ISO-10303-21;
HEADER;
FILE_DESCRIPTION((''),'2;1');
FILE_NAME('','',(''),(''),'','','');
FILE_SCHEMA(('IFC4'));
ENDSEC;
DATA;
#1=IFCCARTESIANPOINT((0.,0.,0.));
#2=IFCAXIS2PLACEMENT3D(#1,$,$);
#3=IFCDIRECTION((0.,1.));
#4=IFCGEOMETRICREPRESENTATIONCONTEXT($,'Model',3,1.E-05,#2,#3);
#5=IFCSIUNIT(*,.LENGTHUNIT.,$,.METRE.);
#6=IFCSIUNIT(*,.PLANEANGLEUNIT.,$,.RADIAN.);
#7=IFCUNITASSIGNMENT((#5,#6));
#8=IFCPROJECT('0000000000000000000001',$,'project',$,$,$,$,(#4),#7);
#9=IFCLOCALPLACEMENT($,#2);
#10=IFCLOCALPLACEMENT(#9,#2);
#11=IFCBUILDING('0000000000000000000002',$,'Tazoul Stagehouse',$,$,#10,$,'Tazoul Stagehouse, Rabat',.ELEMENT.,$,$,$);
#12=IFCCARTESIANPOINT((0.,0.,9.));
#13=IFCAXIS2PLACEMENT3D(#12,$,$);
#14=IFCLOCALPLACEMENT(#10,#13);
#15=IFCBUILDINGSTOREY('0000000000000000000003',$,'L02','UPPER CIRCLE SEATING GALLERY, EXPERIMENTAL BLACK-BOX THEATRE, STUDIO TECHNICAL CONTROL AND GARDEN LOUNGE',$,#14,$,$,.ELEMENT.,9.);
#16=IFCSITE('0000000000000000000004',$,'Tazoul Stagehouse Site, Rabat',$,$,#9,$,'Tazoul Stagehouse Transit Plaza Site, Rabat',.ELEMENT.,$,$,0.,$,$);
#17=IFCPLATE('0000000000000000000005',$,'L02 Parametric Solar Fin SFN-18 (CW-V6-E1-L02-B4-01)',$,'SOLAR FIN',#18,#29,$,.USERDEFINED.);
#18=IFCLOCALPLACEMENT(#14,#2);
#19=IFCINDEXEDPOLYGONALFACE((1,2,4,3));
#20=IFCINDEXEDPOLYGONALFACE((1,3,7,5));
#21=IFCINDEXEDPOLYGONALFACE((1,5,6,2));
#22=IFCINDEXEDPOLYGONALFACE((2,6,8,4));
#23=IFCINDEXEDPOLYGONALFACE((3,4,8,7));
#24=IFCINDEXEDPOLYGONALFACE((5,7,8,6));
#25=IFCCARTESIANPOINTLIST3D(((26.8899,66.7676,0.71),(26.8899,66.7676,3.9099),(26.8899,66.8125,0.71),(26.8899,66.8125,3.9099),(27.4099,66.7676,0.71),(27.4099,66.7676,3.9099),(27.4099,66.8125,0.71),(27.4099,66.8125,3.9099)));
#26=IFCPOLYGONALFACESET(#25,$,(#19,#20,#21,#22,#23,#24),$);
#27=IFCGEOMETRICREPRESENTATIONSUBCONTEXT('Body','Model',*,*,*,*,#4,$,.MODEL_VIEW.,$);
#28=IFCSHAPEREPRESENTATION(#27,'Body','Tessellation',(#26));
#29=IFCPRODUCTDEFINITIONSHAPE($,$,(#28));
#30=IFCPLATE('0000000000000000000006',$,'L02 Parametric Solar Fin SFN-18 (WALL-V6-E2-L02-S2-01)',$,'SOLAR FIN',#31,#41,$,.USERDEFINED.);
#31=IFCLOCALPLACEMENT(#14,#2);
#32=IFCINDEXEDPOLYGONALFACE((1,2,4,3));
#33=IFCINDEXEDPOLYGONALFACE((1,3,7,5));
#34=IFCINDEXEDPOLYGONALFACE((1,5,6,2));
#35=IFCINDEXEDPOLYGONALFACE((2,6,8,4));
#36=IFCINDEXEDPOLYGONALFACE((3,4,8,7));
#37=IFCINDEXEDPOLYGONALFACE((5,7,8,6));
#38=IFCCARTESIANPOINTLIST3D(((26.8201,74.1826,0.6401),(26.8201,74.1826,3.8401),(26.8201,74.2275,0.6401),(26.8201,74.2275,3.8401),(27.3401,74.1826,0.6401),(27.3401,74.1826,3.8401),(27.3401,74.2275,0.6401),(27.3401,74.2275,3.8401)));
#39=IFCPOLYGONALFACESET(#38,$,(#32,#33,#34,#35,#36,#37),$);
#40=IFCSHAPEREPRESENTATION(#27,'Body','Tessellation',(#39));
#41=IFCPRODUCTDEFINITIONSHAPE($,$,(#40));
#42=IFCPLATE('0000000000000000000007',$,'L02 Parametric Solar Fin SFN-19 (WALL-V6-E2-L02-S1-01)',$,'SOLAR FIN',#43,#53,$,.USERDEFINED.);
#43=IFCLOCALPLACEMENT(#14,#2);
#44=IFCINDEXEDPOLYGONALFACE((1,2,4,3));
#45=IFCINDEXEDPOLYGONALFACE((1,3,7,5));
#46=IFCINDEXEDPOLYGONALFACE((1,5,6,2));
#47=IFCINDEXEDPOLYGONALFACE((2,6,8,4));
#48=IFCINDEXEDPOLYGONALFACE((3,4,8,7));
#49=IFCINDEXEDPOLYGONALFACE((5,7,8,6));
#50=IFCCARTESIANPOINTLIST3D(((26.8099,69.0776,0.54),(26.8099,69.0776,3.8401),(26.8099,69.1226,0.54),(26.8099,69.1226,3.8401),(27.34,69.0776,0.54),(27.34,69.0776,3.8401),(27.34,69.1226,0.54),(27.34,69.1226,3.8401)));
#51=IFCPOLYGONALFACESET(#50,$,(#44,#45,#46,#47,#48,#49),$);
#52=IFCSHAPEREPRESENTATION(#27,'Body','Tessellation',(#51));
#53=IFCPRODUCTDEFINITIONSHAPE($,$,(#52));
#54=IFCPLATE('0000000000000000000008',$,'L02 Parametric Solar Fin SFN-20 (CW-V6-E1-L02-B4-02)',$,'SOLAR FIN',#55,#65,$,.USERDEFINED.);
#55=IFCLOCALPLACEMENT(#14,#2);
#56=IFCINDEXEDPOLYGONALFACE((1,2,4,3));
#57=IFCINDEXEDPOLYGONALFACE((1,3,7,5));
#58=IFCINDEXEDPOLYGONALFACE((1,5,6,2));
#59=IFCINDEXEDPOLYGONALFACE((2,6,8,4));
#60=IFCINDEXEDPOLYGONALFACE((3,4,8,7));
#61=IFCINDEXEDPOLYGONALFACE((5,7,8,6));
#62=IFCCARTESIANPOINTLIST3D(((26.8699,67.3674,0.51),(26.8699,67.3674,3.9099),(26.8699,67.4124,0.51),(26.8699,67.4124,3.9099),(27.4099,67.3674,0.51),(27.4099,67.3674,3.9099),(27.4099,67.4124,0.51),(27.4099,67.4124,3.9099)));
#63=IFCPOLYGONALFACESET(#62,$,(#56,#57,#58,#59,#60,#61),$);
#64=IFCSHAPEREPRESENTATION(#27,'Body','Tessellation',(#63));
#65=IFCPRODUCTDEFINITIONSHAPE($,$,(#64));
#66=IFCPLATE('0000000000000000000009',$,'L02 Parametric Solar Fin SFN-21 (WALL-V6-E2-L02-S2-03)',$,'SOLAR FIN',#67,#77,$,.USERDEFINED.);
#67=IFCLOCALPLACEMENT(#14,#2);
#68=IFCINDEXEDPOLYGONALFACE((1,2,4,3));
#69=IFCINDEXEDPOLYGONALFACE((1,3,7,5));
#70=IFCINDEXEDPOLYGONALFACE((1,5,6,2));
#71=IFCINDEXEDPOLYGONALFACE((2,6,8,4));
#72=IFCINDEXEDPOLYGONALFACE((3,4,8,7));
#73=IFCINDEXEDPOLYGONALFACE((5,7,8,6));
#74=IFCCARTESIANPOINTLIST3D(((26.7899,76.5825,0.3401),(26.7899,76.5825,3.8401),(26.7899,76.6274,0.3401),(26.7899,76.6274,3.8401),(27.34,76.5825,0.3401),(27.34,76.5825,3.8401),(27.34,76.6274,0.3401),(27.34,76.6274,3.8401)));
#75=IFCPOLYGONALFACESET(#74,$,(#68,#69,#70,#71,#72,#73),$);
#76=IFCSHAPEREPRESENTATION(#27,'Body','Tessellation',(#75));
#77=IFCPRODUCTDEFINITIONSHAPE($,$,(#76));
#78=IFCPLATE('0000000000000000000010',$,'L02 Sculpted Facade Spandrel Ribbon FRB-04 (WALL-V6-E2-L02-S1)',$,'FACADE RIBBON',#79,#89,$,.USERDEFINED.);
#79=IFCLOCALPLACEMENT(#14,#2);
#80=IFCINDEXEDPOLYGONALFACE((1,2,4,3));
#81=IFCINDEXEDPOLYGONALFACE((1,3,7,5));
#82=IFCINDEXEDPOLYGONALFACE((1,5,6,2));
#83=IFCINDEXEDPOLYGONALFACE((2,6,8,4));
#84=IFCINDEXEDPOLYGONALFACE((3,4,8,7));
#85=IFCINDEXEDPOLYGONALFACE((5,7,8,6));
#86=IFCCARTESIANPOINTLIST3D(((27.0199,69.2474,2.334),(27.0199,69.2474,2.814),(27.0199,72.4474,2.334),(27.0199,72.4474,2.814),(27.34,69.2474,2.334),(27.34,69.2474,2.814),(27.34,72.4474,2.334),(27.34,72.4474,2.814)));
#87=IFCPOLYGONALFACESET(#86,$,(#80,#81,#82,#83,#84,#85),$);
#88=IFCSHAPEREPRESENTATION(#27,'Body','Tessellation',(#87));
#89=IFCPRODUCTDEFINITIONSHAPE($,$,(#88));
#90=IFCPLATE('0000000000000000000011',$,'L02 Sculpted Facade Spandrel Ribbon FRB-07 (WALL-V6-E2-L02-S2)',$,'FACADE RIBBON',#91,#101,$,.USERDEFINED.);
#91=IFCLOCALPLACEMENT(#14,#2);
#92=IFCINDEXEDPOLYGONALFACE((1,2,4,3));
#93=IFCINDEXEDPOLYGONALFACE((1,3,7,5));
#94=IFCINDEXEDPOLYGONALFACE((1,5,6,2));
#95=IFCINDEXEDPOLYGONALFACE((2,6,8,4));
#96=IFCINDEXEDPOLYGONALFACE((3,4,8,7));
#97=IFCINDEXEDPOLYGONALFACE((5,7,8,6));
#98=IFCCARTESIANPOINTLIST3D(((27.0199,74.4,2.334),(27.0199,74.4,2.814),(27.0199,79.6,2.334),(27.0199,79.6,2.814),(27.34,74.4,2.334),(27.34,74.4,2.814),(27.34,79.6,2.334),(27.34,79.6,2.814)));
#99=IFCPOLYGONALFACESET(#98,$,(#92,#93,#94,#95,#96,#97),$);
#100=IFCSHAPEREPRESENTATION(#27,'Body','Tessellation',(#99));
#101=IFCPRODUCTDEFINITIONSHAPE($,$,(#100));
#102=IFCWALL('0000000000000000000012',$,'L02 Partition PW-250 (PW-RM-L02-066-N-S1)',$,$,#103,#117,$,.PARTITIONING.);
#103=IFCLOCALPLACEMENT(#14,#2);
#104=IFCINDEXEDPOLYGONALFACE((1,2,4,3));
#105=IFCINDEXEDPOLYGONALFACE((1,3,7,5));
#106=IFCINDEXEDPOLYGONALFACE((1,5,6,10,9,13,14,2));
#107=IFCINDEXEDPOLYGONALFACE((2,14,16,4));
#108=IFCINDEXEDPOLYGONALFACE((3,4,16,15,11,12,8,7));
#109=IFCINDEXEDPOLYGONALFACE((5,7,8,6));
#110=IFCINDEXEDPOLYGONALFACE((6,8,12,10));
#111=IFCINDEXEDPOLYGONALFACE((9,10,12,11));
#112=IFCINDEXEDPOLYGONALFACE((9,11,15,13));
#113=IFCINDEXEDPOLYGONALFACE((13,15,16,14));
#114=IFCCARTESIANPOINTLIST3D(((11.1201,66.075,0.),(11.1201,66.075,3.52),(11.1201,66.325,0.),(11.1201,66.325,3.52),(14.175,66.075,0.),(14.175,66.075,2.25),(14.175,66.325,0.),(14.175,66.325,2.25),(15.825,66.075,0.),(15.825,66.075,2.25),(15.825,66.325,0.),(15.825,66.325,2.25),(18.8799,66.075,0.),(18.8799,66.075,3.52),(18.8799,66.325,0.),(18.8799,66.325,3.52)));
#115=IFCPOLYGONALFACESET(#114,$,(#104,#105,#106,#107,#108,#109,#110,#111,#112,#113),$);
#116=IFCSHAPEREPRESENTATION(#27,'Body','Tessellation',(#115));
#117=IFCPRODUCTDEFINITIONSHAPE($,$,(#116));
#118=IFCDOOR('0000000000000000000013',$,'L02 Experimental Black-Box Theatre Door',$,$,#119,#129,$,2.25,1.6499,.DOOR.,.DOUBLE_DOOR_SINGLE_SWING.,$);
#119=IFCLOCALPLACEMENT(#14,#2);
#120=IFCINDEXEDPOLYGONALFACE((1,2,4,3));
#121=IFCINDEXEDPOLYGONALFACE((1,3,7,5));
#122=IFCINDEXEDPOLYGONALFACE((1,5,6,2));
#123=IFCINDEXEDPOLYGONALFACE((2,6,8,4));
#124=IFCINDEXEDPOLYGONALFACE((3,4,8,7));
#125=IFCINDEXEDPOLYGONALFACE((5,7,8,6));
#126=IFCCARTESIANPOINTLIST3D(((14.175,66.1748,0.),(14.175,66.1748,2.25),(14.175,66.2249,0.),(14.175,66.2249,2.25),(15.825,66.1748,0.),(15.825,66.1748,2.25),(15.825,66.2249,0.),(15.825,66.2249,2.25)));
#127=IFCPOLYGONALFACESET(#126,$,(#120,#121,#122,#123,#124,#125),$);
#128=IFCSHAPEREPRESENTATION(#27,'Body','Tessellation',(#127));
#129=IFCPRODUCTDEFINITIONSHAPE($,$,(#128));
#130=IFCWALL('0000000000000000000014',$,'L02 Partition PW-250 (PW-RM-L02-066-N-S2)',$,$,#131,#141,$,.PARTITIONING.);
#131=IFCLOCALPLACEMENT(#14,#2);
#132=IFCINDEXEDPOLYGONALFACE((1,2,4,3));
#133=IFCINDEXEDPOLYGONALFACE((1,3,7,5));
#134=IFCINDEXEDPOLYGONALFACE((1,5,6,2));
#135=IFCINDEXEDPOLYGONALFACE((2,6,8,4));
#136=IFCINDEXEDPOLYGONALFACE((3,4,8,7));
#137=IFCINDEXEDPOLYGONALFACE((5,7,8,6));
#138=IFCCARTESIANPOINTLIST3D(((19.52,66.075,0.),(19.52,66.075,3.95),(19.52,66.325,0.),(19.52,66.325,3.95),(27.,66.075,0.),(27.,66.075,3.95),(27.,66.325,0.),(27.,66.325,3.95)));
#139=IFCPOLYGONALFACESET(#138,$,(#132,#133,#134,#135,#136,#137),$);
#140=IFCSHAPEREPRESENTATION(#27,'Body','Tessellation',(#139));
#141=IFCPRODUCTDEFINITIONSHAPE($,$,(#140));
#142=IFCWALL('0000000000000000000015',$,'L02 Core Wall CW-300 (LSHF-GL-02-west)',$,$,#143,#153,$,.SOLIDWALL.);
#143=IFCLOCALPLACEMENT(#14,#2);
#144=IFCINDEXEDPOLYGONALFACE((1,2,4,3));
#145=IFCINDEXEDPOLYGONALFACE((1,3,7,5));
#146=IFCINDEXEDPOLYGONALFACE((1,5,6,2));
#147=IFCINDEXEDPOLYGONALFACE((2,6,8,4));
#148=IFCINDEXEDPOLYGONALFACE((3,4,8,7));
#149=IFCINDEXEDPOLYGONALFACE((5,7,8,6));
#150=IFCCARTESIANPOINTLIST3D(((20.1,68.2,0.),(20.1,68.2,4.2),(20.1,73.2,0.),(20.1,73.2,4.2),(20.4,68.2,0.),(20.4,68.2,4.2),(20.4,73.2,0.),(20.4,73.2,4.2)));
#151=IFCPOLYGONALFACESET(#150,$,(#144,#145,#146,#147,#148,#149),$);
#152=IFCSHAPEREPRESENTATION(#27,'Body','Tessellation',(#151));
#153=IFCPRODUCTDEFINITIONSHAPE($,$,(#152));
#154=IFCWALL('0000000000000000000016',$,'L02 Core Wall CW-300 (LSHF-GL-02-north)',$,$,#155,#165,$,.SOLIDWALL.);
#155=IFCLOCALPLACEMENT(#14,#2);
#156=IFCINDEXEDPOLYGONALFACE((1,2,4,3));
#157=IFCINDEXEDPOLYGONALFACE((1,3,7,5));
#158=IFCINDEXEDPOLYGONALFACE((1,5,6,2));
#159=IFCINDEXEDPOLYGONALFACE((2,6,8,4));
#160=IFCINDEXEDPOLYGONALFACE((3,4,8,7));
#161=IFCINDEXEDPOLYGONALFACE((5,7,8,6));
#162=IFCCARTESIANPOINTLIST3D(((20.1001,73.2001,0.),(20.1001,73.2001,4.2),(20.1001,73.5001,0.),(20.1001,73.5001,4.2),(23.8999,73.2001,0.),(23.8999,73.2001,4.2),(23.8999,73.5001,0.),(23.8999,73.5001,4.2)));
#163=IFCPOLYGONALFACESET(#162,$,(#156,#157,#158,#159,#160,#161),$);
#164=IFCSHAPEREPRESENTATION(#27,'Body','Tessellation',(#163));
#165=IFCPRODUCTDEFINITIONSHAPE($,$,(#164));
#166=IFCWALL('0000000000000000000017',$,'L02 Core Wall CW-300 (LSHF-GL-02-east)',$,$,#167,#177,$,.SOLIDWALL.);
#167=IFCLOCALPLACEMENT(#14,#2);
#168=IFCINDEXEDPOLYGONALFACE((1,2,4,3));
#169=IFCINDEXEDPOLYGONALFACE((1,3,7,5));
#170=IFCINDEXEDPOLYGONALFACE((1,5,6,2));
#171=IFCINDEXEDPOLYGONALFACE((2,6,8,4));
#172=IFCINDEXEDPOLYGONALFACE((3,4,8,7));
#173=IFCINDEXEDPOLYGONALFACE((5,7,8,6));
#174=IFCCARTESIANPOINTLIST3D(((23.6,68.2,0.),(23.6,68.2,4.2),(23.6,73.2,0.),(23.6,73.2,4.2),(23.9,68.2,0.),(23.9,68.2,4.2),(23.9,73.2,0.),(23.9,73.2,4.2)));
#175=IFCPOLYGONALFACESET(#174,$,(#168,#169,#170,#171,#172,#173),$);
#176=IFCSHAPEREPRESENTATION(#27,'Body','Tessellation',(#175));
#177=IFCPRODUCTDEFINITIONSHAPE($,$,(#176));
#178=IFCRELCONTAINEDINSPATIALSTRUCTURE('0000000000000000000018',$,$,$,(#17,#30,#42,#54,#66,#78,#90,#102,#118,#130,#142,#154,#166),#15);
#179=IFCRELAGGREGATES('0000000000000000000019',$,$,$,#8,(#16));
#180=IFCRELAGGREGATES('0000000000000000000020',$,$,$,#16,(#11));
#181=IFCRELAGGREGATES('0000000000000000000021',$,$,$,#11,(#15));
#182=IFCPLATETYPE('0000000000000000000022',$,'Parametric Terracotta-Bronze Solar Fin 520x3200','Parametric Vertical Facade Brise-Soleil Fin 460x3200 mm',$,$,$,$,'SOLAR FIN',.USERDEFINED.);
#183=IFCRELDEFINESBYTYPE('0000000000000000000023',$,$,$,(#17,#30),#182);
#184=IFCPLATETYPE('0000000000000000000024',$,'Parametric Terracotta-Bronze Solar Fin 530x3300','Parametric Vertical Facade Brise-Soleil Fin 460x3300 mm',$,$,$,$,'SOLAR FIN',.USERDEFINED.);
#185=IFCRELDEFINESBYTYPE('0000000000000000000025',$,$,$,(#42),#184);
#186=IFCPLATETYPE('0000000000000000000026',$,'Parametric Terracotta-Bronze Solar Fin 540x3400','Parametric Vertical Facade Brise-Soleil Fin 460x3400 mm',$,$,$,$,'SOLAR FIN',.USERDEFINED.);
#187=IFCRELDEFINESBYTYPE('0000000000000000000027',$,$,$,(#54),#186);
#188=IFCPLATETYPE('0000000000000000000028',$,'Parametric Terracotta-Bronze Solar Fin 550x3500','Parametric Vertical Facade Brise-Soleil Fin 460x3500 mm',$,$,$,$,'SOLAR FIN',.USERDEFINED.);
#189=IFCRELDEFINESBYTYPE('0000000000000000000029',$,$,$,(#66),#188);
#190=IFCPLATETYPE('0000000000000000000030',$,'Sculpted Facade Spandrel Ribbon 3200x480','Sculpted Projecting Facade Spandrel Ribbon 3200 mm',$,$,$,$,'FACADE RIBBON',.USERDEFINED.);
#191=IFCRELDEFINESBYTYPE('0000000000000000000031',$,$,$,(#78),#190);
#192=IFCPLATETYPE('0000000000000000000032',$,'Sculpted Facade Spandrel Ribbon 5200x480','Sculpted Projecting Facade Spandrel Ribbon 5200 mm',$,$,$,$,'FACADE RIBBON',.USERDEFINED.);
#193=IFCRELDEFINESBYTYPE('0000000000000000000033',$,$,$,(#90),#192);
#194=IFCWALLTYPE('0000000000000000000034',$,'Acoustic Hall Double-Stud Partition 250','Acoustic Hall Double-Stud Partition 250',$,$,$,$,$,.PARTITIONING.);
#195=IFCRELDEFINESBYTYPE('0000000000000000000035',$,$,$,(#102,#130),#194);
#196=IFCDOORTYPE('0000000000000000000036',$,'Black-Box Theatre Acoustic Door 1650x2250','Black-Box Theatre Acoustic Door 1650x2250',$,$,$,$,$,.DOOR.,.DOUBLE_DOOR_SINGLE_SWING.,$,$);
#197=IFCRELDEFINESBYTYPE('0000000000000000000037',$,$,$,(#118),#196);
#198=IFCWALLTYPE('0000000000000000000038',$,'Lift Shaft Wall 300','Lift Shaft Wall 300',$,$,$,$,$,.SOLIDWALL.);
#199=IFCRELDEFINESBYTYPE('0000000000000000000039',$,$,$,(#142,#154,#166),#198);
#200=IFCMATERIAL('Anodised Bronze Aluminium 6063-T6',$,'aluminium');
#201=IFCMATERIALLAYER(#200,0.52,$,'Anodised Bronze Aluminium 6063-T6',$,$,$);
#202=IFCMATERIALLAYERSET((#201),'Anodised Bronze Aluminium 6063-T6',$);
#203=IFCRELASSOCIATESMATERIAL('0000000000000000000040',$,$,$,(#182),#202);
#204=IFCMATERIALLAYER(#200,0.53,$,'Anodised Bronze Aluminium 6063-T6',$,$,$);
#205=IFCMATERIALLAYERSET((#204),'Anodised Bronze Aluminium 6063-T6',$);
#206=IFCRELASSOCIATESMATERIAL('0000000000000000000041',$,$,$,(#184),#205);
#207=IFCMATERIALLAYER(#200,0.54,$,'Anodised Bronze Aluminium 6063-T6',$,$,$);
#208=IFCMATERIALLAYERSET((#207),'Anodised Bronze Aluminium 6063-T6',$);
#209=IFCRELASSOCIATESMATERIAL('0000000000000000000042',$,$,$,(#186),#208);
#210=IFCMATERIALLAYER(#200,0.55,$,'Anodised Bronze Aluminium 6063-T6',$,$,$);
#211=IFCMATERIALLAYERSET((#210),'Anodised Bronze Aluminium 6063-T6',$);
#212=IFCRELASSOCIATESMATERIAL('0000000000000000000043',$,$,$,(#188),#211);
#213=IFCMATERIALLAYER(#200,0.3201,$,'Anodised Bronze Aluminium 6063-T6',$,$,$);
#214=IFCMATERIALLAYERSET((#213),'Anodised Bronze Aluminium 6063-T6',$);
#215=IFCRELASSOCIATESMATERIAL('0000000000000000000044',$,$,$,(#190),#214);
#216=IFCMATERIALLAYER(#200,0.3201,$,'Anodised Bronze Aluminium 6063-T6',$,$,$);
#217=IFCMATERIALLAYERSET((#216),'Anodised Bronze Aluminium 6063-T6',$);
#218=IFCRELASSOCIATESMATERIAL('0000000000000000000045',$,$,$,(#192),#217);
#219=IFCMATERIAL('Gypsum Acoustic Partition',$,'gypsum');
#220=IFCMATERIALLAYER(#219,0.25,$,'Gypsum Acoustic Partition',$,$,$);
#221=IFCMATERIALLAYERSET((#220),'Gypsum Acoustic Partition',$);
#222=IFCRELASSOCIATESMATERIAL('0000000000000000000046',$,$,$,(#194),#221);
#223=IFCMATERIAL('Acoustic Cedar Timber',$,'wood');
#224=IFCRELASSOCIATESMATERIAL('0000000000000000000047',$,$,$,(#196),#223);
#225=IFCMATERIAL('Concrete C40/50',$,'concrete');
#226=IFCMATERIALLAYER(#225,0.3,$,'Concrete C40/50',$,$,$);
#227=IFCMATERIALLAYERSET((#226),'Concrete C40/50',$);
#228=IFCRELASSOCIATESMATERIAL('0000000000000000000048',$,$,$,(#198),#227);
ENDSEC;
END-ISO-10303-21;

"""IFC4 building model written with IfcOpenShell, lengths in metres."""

from ifc_helpers import new_model, si_unit, direction, frame, frame_2d, origin, origin_2d, place, context, subcontext, project, spatial, rectangle, extrude, material, layer, layer_set, type_object, element, fill, save


model = new_model("IFC4")

# Units and contexts
model_context = context("Model", 3, precision=1e-05, world=origin(), true_north=direction((0.0, 1.0)))
body_context = subcontext(model_context, "Body", "Model", "MODEL_VIEW")
ifc_project = project(units=[si_unit("LENGTHUNIT", "METRE"), si_unit("PLANEANGLEUNIT", "RADIAN")], contexts=[model_context])

# Site, building, storey
site_placement = place(None, origin())
site = spatial("IfcSite", under=ifc_project, at=site_placement, Name="Tazoul Stagehouse Site, Rabat", LongName="Tazoul Stagehouse Transit Plaza Site, Rabat", CompositionType="ELEMENT", RefElevation=0.0)
building_placement = place(site_placement, origin())
building = spatial("IfcBuilding", under=site, at=building_placement, Name="Tazoul Stagehouse", LongName="Tazoul Stagehouse, Rabat", CompositionType="ELEMENT")
storey_placement = place(building_placement, frame((0.0, 0.0, 9.0)))
storey = spatial("IfcBuildingStorey", under=building, at=storey_placement, Name="L02", Description="UPPER CIRCLE SEATING GALLERY, EXPERIMENTAL BLACK-BOX THEATRE, STUDIO TECHNICAL CONTROL AND GARDEN LOUNGE", CompositionType="ELEMENT", Elevation=9.0)

# Shared definitions
ifc_material_1 = material(Name="Concrete C40/50", Category="concrete")

# Plates
ifc_material_2 = material(Name="Anodised Bronze Aluminium 6063-T6", Category="aluminium")
ifc_layer_1 = layer(ifc_material_2, 0.52, Name="Anodised Bronze Aluminium 6063-T6")
ifc_layer_set_1 = layer_set([ifc_layer_1], Name="Anodised Bronze Aluminium 6063-T6")
plate_type_1 = type_object("IfcPlateType", Name="Parametric Terracotta-Bronze Solar Fin 520x3200", Description="Parametric Vertical Facade Brise-Soleil Fin 460x3200 mm", ElementType="SOLAR FIN", PredefinedType="USERDEFINED", material=ifc_layer_set_1)
for number, where, z_axis, x_axis, name in (
    (1, (27.1499, 66.79, 0.71), (0.0, 0.0, 1.0), (0.0, 1.0, 0.0), "L02 Parametric Solar Fin SFN-18 (CW-V6-E1-L02-B4-01)"),
    (2, (27.0801, 74.2051, 0.6401), (0.0, 0.0, 1.0), (0.0, 1.0, 0.0), "L02 Parametric Solar Fin SFN-18 (WALL-V6-E2-L02-S2-01)"),
):
    element("IfcPlate", number, at=place(storey_placement, frame(where, z_axis=z_axis, x_axis=x_axis)), inside=storey, type_object=plate_type_1, Name=name, ObjectType="SOLAR FIN", PredefinedType="USERDEFINED", context=body_context, shape_type="SweptSolid", body=[
        extrude(rectangle(XDim=0.0449, YDim=0.52, at=origin_2d()), origin(), (0.0, 0.0, 1.0), 3.2),
    ])
ifc_layer_2 = layer(ifc_material_2, 0.53, Name="Anodised Bronze Aluminium 6063-T6")
ifc_layer_set_2 = layer_set([ifc_layer_2], Name="Anodised Bronze Aluminium 6063-T6")
plate_type_2 = type_object("IfcPlateType", Name="Parametric Terracotta-Bronze Solar Fin 530x3300", Description="Parametric Vertical Facade Brise-Soleil Fin 460x3300 mm", ElementType="SOLAR FIN", PredefinedType="USERDEFINED", material=ifc_layer_set_2)
plate_1_placement = place(storey_placement, frame((27.075, 69.1001, 0.54), z_axis=(0.0, 0.0, 1.0), x_axis=(0.0, 1.0, 0.0)))
element("IfcPlate", 3, at=plate_1_placement, inside=storey, type_object=plate_type_2, Name="L02 Parametric Solar Fin SFN-19 (WALL-V6-E2-L02-S1-01)", ObjectType="SOLAR FIN", PredefinedType="USERDEFINED", context=body_context, shape_type="SweptSolid", body=[
    extrude(rectangle(XDim=0.0449, YDim=0.53, at=origin_2d()), origin(), (0.0, 0.0, 1.0), 3.3),
])
ifc_layer_3 = layer(ifc_material_2, 0.54, Name="Anodised Bronze Aluminium 6063-T6")
ifc_layer_set_3 = layer_set([ifc_layer_3], Name="Anodised Bronze Aluminium 6063-T6")
plate_type_3 = type_object("IfcPlateType", Name="Parametric Terracotta-Bronze Solar Fin 540x3400", Description="Parametric Vertical Facade Brise-Soleil Fin 460x3400 mm", ElementType="SOLAR FIN", PredefinedType="USERDEFINED", material=ifc_layer_set_3)
plate_2_placement = place(storey_placement, frame((27.1399, 67.3899, 0.51), z_axis=(0.0, 0.0, 1.0), x_axis=(0.0, 1.0, 0.0)))
element("IfcPlate", 4, at=plate_2_placement, inside=storey, type_object=plate_type_3, Name="L02 Parametric Solar Fin SFN-20 (CW-V6-E1-L02-B4-02)", ObjectType="SOLAR FIN", PredefinedType="USERDEFINED", context=body_context, shape_type="SweptSolid", body=[
    extrude(rectangle(XDim=0.0449, YDim=0.54, at=origin_2d()), origin(), (0.0, 0.0, 1.0), 3.3999),
])
ifc_layer_4 = layer(ifc_material_2, 0.55, Name="Anodised Bronze Aluminium 6063-T6")
ifc_layer_set_4 = layer_set([ifc_layer_4], Name="Anodised Bronze Aluminium 6063-T6")
plate_type_4 = type_object("IfcPlateType", Name="Parametric Terracotta-Bronze Solar Fin 550x3500", Description="Parametric Vertical Facade Brise-Soleil Fin 460x3500 mm", ElementType="SOLAR FIN", PredefinedType="USERDEFINED", material=ifc_layer_set_4)
plate_3_placement = place(storey_placement, frame((27.0649, 76.605, 0.3401), z_axis=(0.0, 0.0, 1.0), x_axis=(0.0, 1.0, 0.0)))
element("IfcPlate", 5, at=plate_3_placement, inside=storey, type_object=plate_type_4, Name="L02 Parametric Solar Fin SFN-21 (WALL-V6-E2-L02-S2-03)", ObjectType="SOLAR FIN", PredefinedType="USERDEFINED", context=body_context, shape_type="SweptSolid", body=[
    extrude(rectangle(XDim=0.0449, YDim=0.55, at=origin_2d()), origin(), (0.0, 0.0, 1.0), 3.5),
])
ifc_layer_5 = layer(ifc_material_2, 0.3201, Name="Anodised Bronze Aluminium 6063-T6")
ifc_layer_set_5 = layer_set([ifc_layer_5], Name="Anodised Bronze Aluminium 6063-T6")
plate_type_5 = type_object("IfcPlateType", Name="Sculpted Facade Spandrel Ribbon 3200x480", Description="Sculpted Projecting Facade Spandrel Ribbon 3200 mm", ElementType="FACADE RIBBON", PredefinedType="USERDEFINED", material=ifc_layer_set_5)
plate_4_placement = place(storey_placement, frame((27.1799, 70.8474, 2.334), z_axis=(0.0, 0.0, 1.0), x_axis=(0.0, 1.0, 0.0)))
element("IfcPlate", 6, at=plate_4_placement, inside=storey, type_object=plate_type_5, Name="L02 Sculpted Facade Spandrel Ribbon FRB-04 (WALL-V6-E2-L02-S1)", ObjectType="FACADE RIBBON", PredefinedType="USERDEFINED", context=body_context, shape_type="SweptSolid", body=[
    extrude(rectangle(XDim=3.2, YDim=0.3201, at=origin_2d()), origin(), (0.0, 0.0, 1.0), 0.48),
])
ifc_layer_6 = layer(ifc_material_2, 0.3201, Name="Anodised Bronze Aluminium 6063-T6")
ifc_layer_set_6 = layer_set([ifc_layer_6], Name="Anodised Bronze Aluminium 6063-T6")
plate_type_6 = type_object("IfcPlateType", Name="Sculpted Facade Spandrel Ribbon 5200x480", Description="Sculpted Projecting Facade Spandrel Ribbon 5200 mm", ElementType="FACADE RIBBON", PredefinedType="USERDEFINED", material=ifc_layer_set_6)
plate_5_placement = place(storey_placement, frame((27.1799, 77.0, 2.334), z_axis=(0.0, 0.0, 1.0), x_axis=(0.0, 1.0, 0.0)))
element("IfcPlate", 7, at=plate_5_placement, inside=storey, type_object=plate_type_6, Name="L02 Sculpted Facade Spandrel Ribbon FRB-07 (WALL-V6-E2-L02-S2)", ObjectType="FACADE RIBBON", PredefinedType="USERDEFINED", context=body_context, shape_type="SweptSolid", body=[
    extrude(rectangle(XDim=5.2, YDim=0.3201, at=origin_2d()), origin(), (0.0, 0.0, 1.0), 0.48),
])

# Wall, opening, door
ifc_material_3 = material(Name="Gypsum Acoustic Partition", Category="gypsum")
ifc_layer_7 = layer(ifc_material_3, 0.25, Name="Gypsum Acoustic Partition")
ifc_layer_set_7 = layer_set([ifc_layer_7], Name="Gypsum Acoustic Partition")
wall_type_1 = type_object("IfcWallType", Name="Acoustic Hall Double-Stud Partition 250", Description="Acoustic Hall Double-Stud Partition 250", PredefinedType="PARTITIONING", material=ifc_layer_set_7)
wall_1_placement = place(storey_placement, frame((11.1201, 66.2, 0.0), z_axis=(0.0, 0.0, 1.0), x_axis=(1.0, 0.0, 0.0)))
wall_1 = element("IfcWall", 8, at=wall_1_placement, inside=storey, type_object=wall_type_1, Name="L02 Partition PW-250 (PW-RM-L02-066-N-S1)", PredefinedType="PARTITIONING", context=body_context, shape_type="SweptSolid", body=[
    extrude(rectangle(XDim=7.7598, YDim=0.25, at=frame_2d((3.8799, 0.0))), origin(), (0.0, 0.0, 1.0), 3.52),
])
opening_1_placement = place(wall_1_placement, frame((3.0549, 0.0, 0.0)))
opening_1 = element("IfcOpeningElement", 9, at=opening_1_placement, cuts=wall_1, PredefinedType="OPENING", context=body_context, shape_type="SweptSolid", body=[
    extrude(rectangle(XDim=1.6499, YDim=2.25, at=frame_2d((0.825, 1.125))), frame((0.0, 0.145, 0.0), z_axis=(0.0, -1.0, 0.0), x_axis=(1.0, 0.0, 0.0)), (0.0, 0.0, 1.0), 0.29),
])
ifc_material_4 = material(Name="Acoustic Cedar Timber", Category="wood")
door_type_1 = type_object("IfcDoorType", Name="Black-Box Theatre Acoustic Door 1650x2250", Description="Black-Box Theatre Acoustic Door 1650x2250", OperationType="DOUBLE_DOOR_SINGLE_SWING", PredefinedType="DOOR", material=ifc_material_4)
door_1_placement = place(opening_1_placement, origin())
door_1 = element("IfcDoor", 10, at=door_1_placement, inside=storey, type_object=door_type_1, Name="L02 Experimental Black-Box Theatre Door", OperationType="DOUBLE_DOOR_SINGLE_SWING", OverallHeight=2.25, OverallWidth=1.6499, PredefinedType="DOOR", context=body_context, shape_type="SweptSolid", body=[
    extrude(rectangle(XDim=1.6499, YDim=2.25, at=frame_2d((0.825, 1.125))), frame((0.0, 0.0249, 0.0), z_axis=(0.0, -1.0, 0.0), x_axis=(1.0, 0.0, 0.0)), (0.0, 0.0, 1.0), 0.05),
])
fill(opening_1, door_1)

# Wall
wall_2_placement = place(storey_placement, frame((19.52, 66.2, 0.0), z_axis=(0.0, 0.0, 1.0), x_axis=(1.0, 0.0, 0.0)))
element("IfcWall", 11, at=wall_2_placement, inside=storey, type_object=wall_type_1, Name="L02 Partition PW-250 (PW-RM-L02-066-N-S2)", PredefinedType="PARTITIONING", context=body_context, shape_type="SweptSolid", body=[
    extrude(rectangle(XDim=7.48, YDim=0.25, at=frame_2d((3.74, 0.0))), origin(), (0.0, 0.0, 1.0), 3.95),
])

# Shared definitions
ifc_layer_8 = layer(ifc_material_1, 0.3, Name="Concrete C40/50")
ifc_layer_set_8 = layer_set([ifc_layer_8], Name="Concrete C40/50")
wall_type_2 = type_object("IfcWallType", Name="Lift Shaft Wall 300", Description="Lift Shaft Wall 300", PredefinedType="SOLIDWALL", material=ifc_layer_set_8)

# Walls
wall_3_placement = place(storey_placement, frame((20.25, 68.2, 0.0), z_axis=(0.0, 0.0, 1.0), x_axis=(0.0, 1.0, 0.0)))
element("IfcWall", 12, at=wall_3_placement, inside=storey, type_object=wall_type_2, Name="L02 Core Wall CW-300 (LSHF-GL-02-west)", PredefinedType="SOLIDWALL", context=body_context, shape_type="SweptSolid", body=[
    extrude(rectangle(XDim=5.0, YDim=0.3, at=frame_2d((2.5, 0.0))), origin(), (0.0, 0.0, 1.0), 4.2),
])
wall_4_placement = place(storey_placement, frame((20.1001, 73.3501, 0.0), z_axis=(0.0, 0.0, 1.0), x_axis=(1.0, 0.0, 0.0)))
element("IfcWall", 13, at=wall_4_placement, inside=storey, type_object=wall_type_2, Name="L02 Core Wall CW-300 (LSHF-GL-02-north)", PredefinedType="SOLIDWALL", context=body_context, shape_type="SweptSolid", body=[
    extrude(rectangle(XDim=3.7998, YDim=0.3, at=frame_2d((1.8999, 0.0))), origin(), (0.0, 0.0, 1.0), 4.2),
])
wall_5_placement = place(storey_placement, frame((23.75, 73.2, 0.0), z_axis=(0.0, 0.0, 1.0), x_axis=(0.0, -1.0, 0.0)))
element("IfcWall", 14, at=wall_5_placement, inside=storey, type_object=wall_type_2, Name="L02 Core Wall CW-300 (LSHF-GL-02-east)", PredefinedType="SOLIDWALL", context=body_context, shape_type="SweptSolid", body=[
    extrude(rectangle(XDim=5.0, YDim=0.3, at=frame_2d((2.5, 0.0))), origin(), (0.0, 0.0, 1.0), 4.2),
])

save(model, "model.ifc")
